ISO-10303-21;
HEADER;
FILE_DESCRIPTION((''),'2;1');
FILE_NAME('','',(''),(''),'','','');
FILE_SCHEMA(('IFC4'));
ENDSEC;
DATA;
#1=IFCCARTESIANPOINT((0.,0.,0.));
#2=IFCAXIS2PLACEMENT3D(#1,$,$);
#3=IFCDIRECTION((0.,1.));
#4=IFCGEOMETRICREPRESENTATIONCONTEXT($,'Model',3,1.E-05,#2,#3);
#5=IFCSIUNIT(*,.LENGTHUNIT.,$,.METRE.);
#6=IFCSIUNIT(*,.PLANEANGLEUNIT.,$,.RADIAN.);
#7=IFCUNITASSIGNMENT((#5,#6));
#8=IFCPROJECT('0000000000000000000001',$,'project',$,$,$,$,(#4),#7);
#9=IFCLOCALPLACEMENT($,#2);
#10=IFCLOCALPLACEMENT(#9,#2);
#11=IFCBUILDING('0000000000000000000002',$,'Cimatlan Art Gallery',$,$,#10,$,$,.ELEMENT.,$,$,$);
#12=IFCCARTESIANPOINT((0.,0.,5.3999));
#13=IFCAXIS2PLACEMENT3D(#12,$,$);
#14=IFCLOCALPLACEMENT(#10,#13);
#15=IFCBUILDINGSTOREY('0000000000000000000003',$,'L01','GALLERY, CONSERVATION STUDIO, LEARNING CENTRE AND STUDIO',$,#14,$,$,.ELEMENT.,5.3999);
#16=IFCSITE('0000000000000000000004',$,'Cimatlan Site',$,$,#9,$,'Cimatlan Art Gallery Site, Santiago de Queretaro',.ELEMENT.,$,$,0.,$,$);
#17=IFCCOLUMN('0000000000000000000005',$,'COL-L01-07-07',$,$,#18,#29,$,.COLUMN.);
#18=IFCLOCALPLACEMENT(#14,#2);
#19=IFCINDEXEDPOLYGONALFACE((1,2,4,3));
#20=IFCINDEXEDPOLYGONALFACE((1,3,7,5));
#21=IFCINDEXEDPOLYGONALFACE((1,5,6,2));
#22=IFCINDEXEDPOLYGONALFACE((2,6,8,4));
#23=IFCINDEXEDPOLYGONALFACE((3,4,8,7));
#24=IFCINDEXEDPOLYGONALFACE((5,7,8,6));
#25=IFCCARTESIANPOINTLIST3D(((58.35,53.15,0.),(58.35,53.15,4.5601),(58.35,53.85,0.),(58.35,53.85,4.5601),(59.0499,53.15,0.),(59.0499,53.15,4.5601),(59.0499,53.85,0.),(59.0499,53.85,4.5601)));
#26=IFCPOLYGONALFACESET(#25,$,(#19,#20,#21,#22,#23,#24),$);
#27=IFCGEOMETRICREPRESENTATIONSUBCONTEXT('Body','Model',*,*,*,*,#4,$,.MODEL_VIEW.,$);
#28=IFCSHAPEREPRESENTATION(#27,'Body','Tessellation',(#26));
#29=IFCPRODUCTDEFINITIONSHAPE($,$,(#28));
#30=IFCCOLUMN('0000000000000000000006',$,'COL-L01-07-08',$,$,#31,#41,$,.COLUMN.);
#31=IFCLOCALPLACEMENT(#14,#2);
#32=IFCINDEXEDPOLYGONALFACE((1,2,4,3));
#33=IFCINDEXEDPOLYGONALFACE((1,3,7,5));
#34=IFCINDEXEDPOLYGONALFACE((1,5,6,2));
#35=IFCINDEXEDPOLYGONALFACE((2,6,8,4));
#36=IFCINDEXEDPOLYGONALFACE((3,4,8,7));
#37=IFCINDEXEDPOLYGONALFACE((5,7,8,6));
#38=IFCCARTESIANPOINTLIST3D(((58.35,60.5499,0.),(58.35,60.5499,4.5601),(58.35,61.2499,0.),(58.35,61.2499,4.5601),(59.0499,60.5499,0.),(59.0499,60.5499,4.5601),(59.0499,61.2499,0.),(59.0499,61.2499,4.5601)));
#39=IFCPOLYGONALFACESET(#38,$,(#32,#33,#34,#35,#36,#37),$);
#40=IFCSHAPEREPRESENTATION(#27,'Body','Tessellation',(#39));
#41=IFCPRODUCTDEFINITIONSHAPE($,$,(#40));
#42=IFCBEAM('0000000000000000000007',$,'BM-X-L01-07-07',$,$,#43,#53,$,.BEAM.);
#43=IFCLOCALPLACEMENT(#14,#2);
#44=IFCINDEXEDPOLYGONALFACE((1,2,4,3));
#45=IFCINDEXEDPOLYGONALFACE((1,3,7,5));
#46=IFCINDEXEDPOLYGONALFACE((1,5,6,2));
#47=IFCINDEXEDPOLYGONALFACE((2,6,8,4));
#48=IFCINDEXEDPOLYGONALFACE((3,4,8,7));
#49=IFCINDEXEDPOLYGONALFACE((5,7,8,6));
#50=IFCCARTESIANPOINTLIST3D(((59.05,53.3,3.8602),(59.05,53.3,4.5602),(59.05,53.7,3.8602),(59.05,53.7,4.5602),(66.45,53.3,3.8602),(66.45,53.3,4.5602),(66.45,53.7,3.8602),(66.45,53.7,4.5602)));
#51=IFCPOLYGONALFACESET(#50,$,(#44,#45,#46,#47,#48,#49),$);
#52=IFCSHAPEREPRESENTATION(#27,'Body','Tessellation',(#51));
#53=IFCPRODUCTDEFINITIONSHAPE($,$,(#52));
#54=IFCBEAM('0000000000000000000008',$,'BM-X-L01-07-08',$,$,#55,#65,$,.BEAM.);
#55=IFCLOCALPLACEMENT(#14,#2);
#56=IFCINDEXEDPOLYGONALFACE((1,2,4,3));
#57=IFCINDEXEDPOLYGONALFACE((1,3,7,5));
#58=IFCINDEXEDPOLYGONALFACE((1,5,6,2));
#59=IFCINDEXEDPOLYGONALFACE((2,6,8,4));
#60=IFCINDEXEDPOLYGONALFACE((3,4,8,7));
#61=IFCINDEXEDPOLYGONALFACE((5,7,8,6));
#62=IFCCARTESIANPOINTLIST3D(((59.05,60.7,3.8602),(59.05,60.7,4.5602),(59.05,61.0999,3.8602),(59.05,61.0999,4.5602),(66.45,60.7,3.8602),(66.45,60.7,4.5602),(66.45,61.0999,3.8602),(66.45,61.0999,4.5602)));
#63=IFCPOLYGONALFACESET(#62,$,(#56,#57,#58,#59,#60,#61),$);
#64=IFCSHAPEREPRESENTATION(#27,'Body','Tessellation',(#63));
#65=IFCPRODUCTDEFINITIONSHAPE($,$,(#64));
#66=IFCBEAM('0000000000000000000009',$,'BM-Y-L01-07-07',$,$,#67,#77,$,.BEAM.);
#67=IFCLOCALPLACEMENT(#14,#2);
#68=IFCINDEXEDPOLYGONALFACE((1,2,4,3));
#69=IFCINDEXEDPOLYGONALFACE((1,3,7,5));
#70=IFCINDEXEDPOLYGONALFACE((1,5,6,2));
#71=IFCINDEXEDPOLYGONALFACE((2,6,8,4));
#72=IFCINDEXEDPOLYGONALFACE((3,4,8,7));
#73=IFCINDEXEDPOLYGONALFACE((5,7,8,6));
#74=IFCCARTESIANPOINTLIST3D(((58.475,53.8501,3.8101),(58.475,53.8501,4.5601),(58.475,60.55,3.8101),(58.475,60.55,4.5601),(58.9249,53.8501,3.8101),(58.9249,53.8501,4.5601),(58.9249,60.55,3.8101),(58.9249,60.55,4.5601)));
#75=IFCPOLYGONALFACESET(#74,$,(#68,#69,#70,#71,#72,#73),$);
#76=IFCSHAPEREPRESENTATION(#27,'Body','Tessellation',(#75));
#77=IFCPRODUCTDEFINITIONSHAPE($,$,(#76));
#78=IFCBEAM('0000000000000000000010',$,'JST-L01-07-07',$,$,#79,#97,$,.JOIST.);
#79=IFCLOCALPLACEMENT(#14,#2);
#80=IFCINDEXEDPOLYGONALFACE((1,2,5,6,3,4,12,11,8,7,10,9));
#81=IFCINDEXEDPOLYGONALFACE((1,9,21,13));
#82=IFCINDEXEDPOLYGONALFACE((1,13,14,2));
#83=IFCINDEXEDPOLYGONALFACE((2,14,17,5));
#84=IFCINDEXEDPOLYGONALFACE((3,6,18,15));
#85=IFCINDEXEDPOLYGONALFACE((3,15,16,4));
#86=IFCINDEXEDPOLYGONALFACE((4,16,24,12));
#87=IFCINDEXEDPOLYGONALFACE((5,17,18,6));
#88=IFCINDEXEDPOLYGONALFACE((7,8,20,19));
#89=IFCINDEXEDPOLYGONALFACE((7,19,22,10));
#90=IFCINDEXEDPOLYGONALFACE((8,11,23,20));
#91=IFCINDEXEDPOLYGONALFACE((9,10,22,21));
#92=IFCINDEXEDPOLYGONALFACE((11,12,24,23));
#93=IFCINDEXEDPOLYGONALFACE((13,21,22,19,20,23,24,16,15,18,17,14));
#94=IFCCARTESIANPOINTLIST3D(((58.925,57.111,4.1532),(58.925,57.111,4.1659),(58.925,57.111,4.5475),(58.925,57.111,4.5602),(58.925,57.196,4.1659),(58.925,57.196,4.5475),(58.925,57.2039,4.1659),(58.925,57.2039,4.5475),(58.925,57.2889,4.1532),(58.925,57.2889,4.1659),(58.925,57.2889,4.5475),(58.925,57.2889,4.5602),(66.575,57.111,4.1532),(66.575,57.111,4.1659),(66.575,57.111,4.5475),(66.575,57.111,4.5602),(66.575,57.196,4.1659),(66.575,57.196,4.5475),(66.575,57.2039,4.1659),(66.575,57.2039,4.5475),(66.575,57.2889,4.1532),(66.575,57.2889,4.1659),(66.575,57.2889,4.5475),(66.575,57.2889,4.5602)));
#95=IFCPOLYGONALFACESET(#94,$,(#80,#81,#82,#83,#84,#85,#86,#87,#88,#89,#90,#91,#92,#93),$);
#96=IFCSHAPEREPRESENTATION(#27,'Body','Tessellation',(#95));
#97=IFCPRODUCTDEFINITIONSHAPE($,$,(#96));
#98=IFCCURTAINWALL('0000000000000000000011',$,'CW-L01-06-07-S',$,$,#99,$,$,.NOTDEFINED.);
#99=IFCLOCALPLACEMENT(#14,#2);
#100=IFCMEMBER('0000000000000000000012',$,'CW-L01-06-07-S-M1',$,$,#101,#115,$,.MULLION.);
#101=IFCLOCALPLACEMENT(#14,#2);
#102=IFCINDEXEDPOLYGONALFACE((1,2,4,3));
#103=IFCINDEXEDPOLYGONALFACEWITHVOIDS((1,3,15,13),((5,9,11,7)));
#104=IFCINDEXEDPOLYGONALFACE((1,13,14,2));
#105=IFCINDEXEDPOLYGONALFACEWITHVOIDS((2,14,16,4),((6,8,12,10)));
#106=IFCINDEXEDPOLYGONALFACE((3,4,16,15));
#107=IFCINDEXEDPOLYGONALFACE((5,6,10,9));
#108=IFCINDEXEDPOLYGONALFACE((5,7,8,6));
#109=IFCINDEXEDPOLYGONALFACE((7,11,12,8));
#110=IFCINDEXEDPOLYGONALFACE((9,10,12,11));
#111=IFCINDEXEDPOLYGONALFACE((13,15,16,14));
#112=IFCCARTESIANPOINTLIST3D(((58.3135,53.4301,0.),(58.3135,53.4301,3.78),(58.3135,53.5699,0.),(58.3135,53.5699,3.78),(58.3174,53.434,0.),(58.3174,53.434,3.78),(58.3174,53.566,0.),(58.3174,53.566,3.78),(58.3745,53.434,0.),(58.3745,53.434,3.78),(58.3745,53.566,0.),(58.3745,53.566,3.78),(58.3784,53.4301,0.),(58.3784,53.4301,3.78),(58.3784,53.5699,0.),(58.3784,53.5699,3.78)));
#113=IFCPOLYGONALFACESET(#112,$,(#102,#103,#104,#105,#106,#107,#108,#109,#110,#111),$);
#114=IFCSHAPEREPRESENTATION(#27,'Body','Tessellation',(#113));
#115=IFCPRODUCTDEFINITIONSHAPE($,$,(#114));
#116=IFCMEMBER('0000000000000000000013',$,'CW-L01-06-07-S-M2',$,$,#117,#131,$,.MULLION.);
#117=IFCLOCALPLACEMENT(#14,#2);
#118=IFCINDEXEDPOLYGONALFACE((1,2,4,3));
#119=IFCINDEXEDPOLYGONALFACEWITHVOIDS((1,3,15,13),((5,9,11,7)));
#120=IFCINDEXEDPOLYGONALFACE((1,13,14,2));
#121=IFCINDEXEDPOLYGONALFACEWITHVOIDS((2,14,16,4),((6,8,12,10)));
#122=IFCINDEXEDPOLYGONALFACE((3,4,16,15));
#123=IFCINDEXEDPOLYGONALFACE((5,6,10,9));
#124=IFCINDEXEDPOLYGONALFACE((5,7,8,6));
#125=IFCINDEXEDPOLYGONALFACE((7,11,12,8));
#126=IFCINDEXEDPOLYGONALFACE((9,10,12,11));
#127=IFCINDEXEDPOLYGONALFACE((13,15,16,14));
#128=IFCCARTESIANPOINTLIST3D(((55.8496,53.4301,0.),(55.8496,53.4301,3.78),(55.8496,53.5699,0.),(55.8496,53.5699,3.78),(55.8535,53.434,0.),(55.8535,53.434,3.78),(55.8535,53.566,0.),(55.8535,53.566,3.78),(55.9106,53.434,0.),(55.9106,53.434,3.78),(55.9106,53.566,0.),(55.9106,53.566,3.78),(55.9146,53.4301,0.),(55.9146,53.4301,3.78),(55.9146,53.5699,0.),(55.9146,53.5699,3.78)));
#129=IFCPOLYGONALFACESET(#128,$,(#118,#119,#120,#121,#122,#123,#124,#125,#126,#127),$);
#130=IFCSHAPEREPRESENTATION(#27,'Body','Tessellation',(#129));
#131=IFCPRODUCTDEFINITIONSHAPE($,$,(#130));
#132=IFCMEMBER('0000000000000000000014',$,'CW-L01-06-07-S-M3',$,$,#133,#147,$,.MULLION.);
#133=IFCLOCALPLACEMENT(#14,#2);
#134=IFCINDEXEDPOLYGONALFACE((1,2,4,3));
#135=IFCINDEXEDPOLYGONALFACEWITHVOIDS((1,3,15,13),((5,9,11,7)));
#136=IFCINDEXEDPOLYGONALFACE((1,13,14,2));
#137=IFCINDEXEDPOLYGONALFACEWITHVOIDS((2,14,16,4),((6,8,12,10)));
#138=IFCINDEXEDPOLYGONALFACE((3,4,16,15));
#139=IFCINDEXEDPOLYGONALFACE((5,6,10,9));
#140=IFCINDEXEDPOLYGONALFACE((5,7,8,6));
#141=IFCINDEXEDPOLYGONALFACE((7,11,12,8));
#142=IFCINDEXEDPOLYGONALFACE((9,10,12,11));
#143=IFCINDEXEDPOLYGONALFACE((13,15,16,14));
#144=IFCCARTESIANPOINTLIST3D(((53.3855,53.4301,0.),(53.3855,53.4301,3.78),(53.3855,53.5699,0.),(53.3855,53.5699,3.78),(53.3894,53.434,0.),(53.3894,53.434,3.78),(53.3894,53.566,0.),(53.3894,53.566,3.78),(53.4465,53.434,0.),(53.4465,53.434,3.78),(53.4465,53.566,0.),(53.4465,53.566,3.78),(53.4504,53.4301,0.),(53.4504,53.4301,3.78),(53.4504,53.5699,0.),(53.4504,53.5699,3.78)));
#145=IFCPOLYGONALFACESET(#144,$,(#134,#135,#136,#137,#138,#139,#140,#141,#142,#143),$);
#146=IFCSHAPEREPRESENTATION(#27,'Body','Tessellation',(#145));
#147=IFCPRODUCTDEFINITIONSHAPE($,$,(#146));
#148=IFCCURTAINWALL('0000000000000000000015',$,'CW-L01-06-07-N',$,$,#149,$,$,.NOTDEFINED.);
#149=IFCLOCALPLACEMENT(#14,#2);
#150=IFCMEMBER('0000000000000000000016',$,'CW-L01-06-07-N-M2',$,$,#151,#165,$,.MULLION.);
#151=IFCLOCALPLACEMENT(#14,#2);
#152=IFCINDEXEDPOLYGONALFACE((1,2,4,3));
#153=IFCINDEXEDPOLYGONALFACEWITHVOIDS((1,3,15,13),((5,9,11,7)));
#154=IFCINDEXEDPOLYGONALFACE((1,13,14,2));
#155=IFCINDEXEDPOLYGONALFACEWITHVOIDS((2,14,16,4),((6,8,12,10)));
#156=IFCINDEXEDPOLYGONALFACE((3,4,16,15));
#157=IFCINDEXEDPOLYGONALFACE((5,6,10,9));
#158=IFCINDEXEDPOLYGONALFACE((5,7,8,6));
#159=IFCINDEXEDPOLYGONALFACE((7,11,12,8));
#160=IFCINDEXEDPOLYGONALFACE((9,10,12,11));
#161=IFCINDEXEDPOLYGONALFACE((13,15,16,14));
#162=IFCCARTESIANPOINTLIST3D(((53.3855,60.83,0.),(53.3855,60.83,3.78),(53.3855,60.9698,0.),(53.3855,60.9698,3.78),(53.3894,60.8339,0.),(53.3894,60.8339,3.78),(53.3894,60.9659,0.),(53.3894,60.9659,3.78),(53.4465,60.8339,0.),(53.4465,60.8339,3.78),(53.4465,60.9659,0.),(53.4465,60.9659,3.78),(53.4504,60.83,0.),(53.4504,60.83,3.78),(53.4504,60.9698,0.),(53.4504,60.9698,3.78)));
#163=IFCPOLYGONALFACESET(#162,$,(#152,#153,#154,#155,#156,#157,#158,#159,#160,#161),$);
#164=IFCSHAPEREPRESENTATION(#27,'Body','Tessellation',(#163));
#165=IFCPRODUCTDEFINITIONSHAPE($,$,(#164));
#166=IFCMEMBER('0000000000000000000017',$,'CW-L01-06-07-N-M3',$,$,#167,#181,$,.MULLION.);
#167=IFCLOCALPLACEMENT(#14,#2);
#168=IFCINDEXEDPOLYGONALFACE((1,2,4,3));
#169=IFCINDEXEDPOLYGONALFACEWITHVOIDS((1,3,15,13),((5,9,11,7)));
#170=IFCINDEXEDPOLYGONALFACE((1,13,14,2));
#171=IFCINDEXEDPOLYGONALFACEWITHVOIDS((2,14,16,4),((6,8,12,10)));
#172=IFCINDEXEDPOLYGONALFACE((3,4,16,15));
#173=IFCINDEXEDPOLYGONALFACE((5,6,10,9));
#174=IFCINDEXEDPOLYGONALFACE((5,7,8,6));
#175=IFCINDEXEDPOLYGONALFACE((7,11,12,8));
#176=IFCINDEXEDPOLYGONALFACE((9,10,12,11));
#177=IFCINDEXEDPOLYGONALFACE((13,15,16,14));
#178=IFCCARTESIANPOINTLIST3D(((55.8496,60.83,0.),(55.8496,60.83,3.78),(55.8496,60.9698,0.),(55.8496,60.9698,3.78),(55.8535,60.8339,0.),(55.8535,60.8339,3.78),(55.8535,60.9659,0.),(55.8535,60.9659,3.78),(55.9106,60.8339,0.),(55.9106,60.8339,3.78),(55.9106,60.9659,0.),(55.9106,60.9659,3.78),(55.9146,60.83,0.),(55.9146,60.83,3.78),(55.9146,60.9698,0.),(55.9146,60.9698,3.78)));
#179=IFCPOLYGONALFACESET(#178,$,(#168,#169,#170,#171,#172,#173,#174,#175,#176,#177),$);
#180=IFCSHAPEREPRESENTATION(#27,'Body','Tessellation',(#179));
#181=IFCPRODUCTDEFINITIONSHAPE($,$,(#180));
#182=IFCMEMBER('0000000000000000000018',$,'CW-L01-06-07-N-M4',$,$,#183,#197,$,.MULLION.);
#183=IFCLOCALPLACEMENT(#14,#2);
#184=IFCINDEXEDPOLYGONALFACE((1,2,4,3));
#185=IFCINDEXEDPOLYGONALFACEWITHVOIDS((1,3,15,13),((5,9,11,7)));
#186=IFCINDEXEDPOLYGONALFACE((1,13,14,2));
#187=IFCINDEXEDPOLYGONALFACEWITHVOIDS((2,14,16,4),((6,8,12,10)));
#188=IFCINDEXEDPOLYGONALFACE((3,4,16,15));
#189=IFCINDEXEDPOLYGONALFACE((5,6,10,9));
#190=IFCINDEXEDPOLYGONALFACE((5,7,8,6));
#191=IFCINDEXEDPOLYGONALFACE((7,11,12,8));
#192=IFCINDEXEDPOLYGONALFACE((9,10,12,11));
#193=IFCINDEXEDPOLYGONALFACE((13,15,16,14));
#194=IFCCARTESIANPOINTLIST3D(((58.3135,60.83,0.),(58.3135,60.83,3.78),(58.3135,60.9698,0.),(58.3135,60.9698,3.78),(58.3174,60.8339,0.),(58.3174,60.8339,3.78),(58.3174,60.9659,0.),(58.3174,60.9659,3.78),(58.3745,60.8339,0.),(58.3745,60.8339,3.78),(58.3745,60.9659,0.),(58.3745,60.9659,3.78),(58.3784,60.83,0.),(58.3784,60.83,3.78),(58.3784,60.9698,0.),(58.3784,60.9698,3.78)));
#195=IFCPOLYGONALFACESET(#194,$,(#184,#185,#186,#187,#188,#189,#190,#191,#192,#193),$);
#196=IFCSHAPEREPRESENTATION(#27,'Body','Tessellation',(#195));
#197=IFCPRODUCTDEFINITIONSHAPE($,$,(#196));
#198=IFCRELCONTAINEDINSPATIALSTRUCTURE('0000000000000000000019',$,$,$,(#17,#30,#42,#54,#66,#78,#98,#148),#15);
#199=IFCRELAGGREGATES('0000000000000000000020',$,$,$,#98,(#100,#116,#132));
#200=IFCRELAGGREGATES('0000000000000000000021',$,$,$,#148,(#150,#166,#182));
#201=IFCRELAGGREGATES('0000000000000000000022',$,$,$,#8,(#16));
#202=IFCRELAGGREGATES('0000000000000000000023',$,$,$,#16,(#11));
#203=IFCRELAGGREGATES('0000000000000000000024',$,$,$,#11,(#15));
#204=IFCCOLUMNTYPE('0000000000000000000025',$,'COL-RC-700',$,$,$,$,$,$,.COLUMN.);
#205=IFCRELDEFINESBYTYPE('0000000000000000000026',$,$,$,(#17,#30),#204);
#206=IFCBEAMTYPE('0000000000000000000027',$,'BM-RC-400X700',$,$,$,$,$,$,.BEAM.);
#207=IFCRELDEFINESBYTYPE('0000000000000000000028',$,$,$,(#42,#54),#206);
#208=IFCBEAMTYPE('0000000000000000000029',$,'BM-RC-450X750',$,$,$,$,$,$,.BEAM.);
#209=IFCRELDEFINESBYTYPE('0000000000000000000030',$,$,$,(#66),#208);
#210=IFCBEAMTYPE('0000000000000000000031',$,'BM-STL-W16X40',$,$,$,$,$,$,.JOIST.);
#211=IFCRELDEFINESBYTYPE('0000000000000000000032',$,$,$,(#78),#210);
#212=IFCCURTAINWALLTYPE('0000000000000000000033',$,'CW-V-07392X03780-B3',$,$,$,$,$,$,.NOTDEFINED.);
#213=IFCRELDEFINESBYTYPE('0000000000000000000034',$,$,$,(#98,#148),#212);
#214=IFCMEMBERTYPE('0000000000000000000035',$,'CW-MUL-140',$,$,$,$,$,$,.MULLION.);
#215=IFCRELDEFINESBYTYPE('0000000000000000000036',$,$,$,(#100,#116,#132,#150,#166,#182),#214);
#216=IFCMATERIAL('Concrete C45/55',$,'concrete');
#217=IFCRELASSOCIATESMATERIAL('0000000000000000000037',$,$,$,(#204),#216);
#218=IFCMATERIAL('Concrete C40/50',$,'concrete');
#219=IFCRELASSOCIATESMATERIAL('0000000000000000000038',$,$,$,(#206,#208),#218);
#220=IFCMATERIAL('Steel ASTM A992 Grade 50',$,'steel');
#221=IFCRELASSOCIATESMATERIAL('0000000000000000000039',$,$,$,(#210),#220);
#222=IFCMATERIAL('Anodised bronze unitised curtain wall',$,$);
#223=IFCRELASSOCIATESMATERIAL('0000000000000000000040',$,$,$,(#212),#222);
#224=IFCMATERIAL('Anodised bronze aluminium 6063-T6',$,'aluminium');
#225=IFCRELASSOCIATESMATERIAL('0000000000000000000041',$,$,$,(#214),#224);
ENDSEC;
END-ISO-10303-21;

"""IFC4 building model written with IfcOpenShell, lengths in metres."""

from ifc_helpers import new_model, si_unit, direction, frame, origin, origin_2d, place, context, subcontext, project, spatial, rectangle, hollow_rectangle, i_section, extrude, material, material_profile, profile_set, type_object, element, aggregate, save


model = new_model("IFC4")

# Units and contexts
model_context = context("Model", 3, precision=1e-05, world=origin(), true_north=direction((0.0, 1.0)))
body_context = subcontext(model_context, "Body", "Model", "MODEL_VIEW")
ifc_project = project(units=[si_unit("LENGTHUNIT", "METRE"), si_unit("PLANEANGLEUNIT", "RADIAN")], contexts=[model_context])

# Site, building, storey
site_placement = place(None, origin())
site = spatial("IfcSite", under=ifc_project, at=site_placement, Name="Cimatlan Site", LongName="Cimatlan Art Gallery Site, Santiago de Queretaro", CompositionType="ELEMENT", RefElevation=0.0)
building_placement = place(site_placement, origin())
building = spatial("IfcBuilding", under=site, at=building_placement, Name="Cimatlan Art Gallery", CompositionType="ELEMENT")
storey_placement = place(building_placement, frame((0.0, 0.0, 5.3999)))
storey = spatial("IfcBuildingStorey", under=building, at=storey_placement, Name="L01", Description="GALLERY, CONSERVATION STUDIO, LEARNING CENTRE AND STUDIO", CompositionType="ELEMENT", Elevation=5.3999)

# Columns
ifc_material_1 = material(Name="Concrete C45/55", Category="concrete")
ifc_material_profile_1 = material_profile(ifc_material_1, rectangle(XDim=0.7, YDim=0.7, at=origin_2d()), Name="RC700X700")
ifc_profile_set_1 = profile_set([ifc_material_profile_1], Name="Concrete C45/55")
column_type = type_object("IfcColumnType", Name="COL-RC-700", PredefinedType="COLUMN", material=ifc_profile_set_1)
for number, where, z_axis, x_axis, name in (
    (1, (58.7, 53.5, 0.0), (0.0, 0.0, 1.0), (1.0, 0.0, 0.0), "COL-L01-07-07"),
    (2, (58.7, 60.8999, 0.0), (0.0, 0.0, 1.0), (1.0, 0.0, 0.0), "COL-L01-07-08"),
):
    element("IfcColumn", number, at=place(storey_placement, frame(where, z_axis=z_axis, x_axis=x_axis)), inside=storey, type_object=column_type, Name=name, PredefinedType="COLUMN", context=body_context, shape_type="SweptSolid", body=[
        extrude(rectangle(XDim=0.7, YDim=0.7, at=origin_2d()), origin(), (0.0, 0.0, 1.0), 4.5601),
    ])

# Beams
ifc_material_2 = material(Name="Concrete C40/50", Category="concrete")
ifc_material_profile_2 = material_profile(ifc_material_2, rectangle(XDim=0.3999, YDim=0.7, at=origin_2d()), Name="RC400X700")
ifc_profile_set_2 = profile_set([ifc_material_profile_2], Name="Concrete C40/50")
beam_type_1 = type_object("IfcBeamType", Name="BM-RC-400X700", PredefinedType="BEAM", material=ifc_profile_set_2)
for number, where, z_axis, x_axis, name in (
    (3, (59.05, 53.5, 4.2102), (1.0, 0.0, 0.0), (0.0, 1.0, 0.0), "BM-X-L01-07-07"),
    (4, (59.05, 60.8999, 4.2102), (1.0, 0.0, 0.0), (0.0, 1.0, 0.0), "BM-X-L01-07-08"),
):
    element("IfcBeam", number, at=place(storey_placement, frame(where, z_axis=z_axis, x_axis=x_axis)), inside=storey, type_object=beam_type_1, Name=name, PredefinedType="BEAM", context=body_context, shape_type="SweptSolid", body=[
        extrude(rectangle(XDim=0.3999, YDim=0.7, at=origin_2d()), origin(), (0.0, 0.0, 1.0), 7.3999),
    ])
ifc_material_profile_3 = material_profile(ifc_material_2, rectangle(XDim=0.45, YDim=0.75, at=origin_2d()), Name="RC450X750")
ifc_profile_set_3 = profile_set([ifc_material_profile_3], Name="Concrete C40/50")
beam_type_2 = type_object("IfcBeamType", Name="BM-RC-450X750", PredefinedType="BEAM", material=ifc_profile_set_3)
beam_1_placement = place(storey_placement, frame((58.7, 53.8501, 4.1851), z_axis=(0.0, 1.0, 0.0), x_axis=(-1.0, 0.0, 0.0)))
element("IfcBeam", 5, at=beam_1_placement, inside=storey, type_object=beam_type_2, Name="BM-Y-L01-07-07", PredefinedType="BEAM", context=body_context, shape_type="SweptSolid", body=[
    extrude(rectangle(XDim=0.45, YDim=0.75, at=origin_2d()), origin(), (0.0, 0.0, 1.0), 6.7),
])
ifc_material_3 = material(Name="Steel ASTM A992 Grade 50", Category="steel")
ifc_material_profile_4 = material_profile(ifc_material_3, i_section(OverallWidth=0.178, OverallDepth=0.407, WebThickness=0.0078, FlangeThickness=0.0127, at=origin_2d()), Name="W16X40")
ifc_profile_set_4 = profile_set([ifc_material_profile_4], Name="Steel ASTM A992 Grade 50")
beam_type_3 = type_object("IfcBeamType", Name="BM-STL-W16X40", PredefinedType="JOIST", material=ifc_profile_set_4)
beam_2_placement = place(storey_placement, frame((58.925, 57.2, 4.3567), z_axis=(1.0, 0.0, 0.0), x_axis=(0.0, 1.0, 0.0)))
element("IfcBeam", 6, at=beam_2_placement, inside=storey, type_object=beam_type_3, Name="JST-L01-07-07", PredefinedType="JOIST", context=body_context, shape_type="SweptSolid", body=[
    extrude(i_section(OverallWidth=0.178, OverallDepth=0.407, WebThickness=0.0078, FlangeThickness=0.0127, at=origin_2d()), origin(), (0.0, 0.0, 1.0), 7.6499),
])

# Curtain walls, members
ifc_material_4 = material(Name="Anodised bronze unitised curtain wall")
curtain_wall_type_1 = type_object("IfcCurtainWallType", Name="CW-V-07392X03780-B3", PredefinedType="NOTDEFINED", material=ifc_material_4)
curtain_wall_1_placement = place(storey_placement, origin())
curtain_wall_1 = element("IfcCurtainWall", 7, at=curtain_wall_1_placement, inside=storey, type_object=curtain_wall_type_1, Name="CW-L01-06-07-S", PredefinedType="NOTDEFINED")
ifc_material_5 = material(Name="Anodised bronze aluminium 6063-T6", Category="aluminium")
ifc_material_profile_5 = material_profile(ifc_material_5, hollow_rectangle(XDim=0.0649, YDim=0.1399, WallThickness=0.0039, at=origin_2d()), Name="ALU65X140X4")
ifc_profile_set_5 = profile_set([ifc_material_profile_5], Name="Anodised bronze aluminium 6063-T6")
member_type_1 = type_object("IfcMemberType", Name="CW-MUL-140", PredefinedType="MULLION", material=ifc_profile_set_5)
member_1_placement = place(storey_placement, frame((58.3459, 53.5, 0.0), z_axis=(0.0, 0.0, 1.0), x_axis=(1.0, 0.0, 0.0)))
member_1 = element("IfcMember", 8, at=member_1_placement, type_object=member_type_1, Name="CW-L01-06-07-S-M1", PredefinedType="MULLION", context=body_context, shape_type="SweptSolid", body=[
    extrude(hollow_rectangle(XDim=0.0649, YDim=0.1399, WallThickness=0.0039, at=origin_2d()), origin(), (0.0, 0.0, 1.0), 3.78),
])
member_2_placement = place(storey_placement, frame((55.8821, 53.5, 0.0), z_axis=(0.0, 0.0, 1.0), x_axis=(1.0, 0.0, 0.0)))
member_2 = element("IfcMember", 9, at=member_2_placement, type_object=member_type_1, Name="CW-L01-06-07-S-M2", PredefinedType="MULLION", context=body_context, shape_type="SweptSolid", body=[
    extrude(hollow_rectangle(XDim=0.0649, YDim=0.1399, WallThickness=0.0039, at=origin_2d()), origin(), (0.0, 0.0, 1.0), 3.78),
])
member_3_placement = place(storey_placement, frame((53.418, 53.5, 0.0), z_axis=(0.0, 0.0, 1.0), x_axis=(1.0, 0.0, 0.0)))
member_3 = element("IfcMember", 10, at=member_3_placement, type_object=member_type_1, Name="CW-L01-06-07-S-M3", PredefinedType="MULLION", context=body_context, shape_type="SweptSolid", body=[
    extrude(hollow_rectangle(XDim=0.0649, YDim=0.1399, WallThickness=0.0039, at=origin_2d()), origin(), (0.0, 0.0, 1.0), 3.78),
])
curtain_wall_2_placement = place(storey_placement, origin())
curtain_wall_2 = element("IfcCurtainWall", 11, at=curtain_wall_2_placement, inside=storey, type_object=curtain_wall_type_1, Name="CW-L01-06-07-N", PredefinedType="NOTDEFINED")
member_4_placement = place(storey_placement, frame((53.418, 60.8999, 0.0), z_axis=(0.0, 0.0, 1.0), x_axis=(1.0, 0.0, 0.0)))
member_4 = element("IfcMember", 12, at=member_4_placement, type_object=member_type_1, Name="CW-L01-06-07-N-M2", PredefinedType="MULLION", context=body_context, shape_type="SweptSolid", body=[
    extrude(hollow_rectangle(XDim=0.0649, YDim=0.1399, WallThickness=0.0039, at=origin_2d()), origin(), (0.0, 0.0, 1.0), 3.78),
])
member_5_placement = place(storey_placement, frame((55.8821, 60.8999, 0.0), z_axis=(0.0, 0.0, 1.0), x_axis=(1.0, 0.0, 0.0)))
member_5 = element("IfcMember", 13, at=member_5_placement, type_object=member_type_1, Name="CW-L01-06-07-N-M3", PredefinedType="MULLION", context=body_context, shape_type="SweptSolid", body=[
    extrude(hollow_rectangle(XDim=0.0649, YDim=0.1399, WallThickness=0.0039, at=origin_2d()), origin(), (0.0, 0.0, 1.0), 3.78),
])
member_6_placement = place(storey_placement, frame((58.3459, 60.8999, 0.0), z_axis=(0.0, 0.0, 1.0), x_axis=(1.0, 0.0, 0.0)))
member_6 = element("IfcMember", 14, at=member_6_placement, type_object=member_type_1, Name="CW-L01-06-07-N-M4", PredefinedType="MULLION", context=body_context, shape_type="SweptSolid", body=[
    extrude(hollow_rectangle(XDim=0.0649, YDim=0.1399, WallThickness=0.0039, at=origin_2d()), origin(), (0.0, 0.0, 1.0), 3.78),
])

aggregate(curtain_wall_1, [member_1, member_2, member_3])
aggregate(curtain_wall_2, [member_4, member_5, member_6])

save(model, "model.ifc")
